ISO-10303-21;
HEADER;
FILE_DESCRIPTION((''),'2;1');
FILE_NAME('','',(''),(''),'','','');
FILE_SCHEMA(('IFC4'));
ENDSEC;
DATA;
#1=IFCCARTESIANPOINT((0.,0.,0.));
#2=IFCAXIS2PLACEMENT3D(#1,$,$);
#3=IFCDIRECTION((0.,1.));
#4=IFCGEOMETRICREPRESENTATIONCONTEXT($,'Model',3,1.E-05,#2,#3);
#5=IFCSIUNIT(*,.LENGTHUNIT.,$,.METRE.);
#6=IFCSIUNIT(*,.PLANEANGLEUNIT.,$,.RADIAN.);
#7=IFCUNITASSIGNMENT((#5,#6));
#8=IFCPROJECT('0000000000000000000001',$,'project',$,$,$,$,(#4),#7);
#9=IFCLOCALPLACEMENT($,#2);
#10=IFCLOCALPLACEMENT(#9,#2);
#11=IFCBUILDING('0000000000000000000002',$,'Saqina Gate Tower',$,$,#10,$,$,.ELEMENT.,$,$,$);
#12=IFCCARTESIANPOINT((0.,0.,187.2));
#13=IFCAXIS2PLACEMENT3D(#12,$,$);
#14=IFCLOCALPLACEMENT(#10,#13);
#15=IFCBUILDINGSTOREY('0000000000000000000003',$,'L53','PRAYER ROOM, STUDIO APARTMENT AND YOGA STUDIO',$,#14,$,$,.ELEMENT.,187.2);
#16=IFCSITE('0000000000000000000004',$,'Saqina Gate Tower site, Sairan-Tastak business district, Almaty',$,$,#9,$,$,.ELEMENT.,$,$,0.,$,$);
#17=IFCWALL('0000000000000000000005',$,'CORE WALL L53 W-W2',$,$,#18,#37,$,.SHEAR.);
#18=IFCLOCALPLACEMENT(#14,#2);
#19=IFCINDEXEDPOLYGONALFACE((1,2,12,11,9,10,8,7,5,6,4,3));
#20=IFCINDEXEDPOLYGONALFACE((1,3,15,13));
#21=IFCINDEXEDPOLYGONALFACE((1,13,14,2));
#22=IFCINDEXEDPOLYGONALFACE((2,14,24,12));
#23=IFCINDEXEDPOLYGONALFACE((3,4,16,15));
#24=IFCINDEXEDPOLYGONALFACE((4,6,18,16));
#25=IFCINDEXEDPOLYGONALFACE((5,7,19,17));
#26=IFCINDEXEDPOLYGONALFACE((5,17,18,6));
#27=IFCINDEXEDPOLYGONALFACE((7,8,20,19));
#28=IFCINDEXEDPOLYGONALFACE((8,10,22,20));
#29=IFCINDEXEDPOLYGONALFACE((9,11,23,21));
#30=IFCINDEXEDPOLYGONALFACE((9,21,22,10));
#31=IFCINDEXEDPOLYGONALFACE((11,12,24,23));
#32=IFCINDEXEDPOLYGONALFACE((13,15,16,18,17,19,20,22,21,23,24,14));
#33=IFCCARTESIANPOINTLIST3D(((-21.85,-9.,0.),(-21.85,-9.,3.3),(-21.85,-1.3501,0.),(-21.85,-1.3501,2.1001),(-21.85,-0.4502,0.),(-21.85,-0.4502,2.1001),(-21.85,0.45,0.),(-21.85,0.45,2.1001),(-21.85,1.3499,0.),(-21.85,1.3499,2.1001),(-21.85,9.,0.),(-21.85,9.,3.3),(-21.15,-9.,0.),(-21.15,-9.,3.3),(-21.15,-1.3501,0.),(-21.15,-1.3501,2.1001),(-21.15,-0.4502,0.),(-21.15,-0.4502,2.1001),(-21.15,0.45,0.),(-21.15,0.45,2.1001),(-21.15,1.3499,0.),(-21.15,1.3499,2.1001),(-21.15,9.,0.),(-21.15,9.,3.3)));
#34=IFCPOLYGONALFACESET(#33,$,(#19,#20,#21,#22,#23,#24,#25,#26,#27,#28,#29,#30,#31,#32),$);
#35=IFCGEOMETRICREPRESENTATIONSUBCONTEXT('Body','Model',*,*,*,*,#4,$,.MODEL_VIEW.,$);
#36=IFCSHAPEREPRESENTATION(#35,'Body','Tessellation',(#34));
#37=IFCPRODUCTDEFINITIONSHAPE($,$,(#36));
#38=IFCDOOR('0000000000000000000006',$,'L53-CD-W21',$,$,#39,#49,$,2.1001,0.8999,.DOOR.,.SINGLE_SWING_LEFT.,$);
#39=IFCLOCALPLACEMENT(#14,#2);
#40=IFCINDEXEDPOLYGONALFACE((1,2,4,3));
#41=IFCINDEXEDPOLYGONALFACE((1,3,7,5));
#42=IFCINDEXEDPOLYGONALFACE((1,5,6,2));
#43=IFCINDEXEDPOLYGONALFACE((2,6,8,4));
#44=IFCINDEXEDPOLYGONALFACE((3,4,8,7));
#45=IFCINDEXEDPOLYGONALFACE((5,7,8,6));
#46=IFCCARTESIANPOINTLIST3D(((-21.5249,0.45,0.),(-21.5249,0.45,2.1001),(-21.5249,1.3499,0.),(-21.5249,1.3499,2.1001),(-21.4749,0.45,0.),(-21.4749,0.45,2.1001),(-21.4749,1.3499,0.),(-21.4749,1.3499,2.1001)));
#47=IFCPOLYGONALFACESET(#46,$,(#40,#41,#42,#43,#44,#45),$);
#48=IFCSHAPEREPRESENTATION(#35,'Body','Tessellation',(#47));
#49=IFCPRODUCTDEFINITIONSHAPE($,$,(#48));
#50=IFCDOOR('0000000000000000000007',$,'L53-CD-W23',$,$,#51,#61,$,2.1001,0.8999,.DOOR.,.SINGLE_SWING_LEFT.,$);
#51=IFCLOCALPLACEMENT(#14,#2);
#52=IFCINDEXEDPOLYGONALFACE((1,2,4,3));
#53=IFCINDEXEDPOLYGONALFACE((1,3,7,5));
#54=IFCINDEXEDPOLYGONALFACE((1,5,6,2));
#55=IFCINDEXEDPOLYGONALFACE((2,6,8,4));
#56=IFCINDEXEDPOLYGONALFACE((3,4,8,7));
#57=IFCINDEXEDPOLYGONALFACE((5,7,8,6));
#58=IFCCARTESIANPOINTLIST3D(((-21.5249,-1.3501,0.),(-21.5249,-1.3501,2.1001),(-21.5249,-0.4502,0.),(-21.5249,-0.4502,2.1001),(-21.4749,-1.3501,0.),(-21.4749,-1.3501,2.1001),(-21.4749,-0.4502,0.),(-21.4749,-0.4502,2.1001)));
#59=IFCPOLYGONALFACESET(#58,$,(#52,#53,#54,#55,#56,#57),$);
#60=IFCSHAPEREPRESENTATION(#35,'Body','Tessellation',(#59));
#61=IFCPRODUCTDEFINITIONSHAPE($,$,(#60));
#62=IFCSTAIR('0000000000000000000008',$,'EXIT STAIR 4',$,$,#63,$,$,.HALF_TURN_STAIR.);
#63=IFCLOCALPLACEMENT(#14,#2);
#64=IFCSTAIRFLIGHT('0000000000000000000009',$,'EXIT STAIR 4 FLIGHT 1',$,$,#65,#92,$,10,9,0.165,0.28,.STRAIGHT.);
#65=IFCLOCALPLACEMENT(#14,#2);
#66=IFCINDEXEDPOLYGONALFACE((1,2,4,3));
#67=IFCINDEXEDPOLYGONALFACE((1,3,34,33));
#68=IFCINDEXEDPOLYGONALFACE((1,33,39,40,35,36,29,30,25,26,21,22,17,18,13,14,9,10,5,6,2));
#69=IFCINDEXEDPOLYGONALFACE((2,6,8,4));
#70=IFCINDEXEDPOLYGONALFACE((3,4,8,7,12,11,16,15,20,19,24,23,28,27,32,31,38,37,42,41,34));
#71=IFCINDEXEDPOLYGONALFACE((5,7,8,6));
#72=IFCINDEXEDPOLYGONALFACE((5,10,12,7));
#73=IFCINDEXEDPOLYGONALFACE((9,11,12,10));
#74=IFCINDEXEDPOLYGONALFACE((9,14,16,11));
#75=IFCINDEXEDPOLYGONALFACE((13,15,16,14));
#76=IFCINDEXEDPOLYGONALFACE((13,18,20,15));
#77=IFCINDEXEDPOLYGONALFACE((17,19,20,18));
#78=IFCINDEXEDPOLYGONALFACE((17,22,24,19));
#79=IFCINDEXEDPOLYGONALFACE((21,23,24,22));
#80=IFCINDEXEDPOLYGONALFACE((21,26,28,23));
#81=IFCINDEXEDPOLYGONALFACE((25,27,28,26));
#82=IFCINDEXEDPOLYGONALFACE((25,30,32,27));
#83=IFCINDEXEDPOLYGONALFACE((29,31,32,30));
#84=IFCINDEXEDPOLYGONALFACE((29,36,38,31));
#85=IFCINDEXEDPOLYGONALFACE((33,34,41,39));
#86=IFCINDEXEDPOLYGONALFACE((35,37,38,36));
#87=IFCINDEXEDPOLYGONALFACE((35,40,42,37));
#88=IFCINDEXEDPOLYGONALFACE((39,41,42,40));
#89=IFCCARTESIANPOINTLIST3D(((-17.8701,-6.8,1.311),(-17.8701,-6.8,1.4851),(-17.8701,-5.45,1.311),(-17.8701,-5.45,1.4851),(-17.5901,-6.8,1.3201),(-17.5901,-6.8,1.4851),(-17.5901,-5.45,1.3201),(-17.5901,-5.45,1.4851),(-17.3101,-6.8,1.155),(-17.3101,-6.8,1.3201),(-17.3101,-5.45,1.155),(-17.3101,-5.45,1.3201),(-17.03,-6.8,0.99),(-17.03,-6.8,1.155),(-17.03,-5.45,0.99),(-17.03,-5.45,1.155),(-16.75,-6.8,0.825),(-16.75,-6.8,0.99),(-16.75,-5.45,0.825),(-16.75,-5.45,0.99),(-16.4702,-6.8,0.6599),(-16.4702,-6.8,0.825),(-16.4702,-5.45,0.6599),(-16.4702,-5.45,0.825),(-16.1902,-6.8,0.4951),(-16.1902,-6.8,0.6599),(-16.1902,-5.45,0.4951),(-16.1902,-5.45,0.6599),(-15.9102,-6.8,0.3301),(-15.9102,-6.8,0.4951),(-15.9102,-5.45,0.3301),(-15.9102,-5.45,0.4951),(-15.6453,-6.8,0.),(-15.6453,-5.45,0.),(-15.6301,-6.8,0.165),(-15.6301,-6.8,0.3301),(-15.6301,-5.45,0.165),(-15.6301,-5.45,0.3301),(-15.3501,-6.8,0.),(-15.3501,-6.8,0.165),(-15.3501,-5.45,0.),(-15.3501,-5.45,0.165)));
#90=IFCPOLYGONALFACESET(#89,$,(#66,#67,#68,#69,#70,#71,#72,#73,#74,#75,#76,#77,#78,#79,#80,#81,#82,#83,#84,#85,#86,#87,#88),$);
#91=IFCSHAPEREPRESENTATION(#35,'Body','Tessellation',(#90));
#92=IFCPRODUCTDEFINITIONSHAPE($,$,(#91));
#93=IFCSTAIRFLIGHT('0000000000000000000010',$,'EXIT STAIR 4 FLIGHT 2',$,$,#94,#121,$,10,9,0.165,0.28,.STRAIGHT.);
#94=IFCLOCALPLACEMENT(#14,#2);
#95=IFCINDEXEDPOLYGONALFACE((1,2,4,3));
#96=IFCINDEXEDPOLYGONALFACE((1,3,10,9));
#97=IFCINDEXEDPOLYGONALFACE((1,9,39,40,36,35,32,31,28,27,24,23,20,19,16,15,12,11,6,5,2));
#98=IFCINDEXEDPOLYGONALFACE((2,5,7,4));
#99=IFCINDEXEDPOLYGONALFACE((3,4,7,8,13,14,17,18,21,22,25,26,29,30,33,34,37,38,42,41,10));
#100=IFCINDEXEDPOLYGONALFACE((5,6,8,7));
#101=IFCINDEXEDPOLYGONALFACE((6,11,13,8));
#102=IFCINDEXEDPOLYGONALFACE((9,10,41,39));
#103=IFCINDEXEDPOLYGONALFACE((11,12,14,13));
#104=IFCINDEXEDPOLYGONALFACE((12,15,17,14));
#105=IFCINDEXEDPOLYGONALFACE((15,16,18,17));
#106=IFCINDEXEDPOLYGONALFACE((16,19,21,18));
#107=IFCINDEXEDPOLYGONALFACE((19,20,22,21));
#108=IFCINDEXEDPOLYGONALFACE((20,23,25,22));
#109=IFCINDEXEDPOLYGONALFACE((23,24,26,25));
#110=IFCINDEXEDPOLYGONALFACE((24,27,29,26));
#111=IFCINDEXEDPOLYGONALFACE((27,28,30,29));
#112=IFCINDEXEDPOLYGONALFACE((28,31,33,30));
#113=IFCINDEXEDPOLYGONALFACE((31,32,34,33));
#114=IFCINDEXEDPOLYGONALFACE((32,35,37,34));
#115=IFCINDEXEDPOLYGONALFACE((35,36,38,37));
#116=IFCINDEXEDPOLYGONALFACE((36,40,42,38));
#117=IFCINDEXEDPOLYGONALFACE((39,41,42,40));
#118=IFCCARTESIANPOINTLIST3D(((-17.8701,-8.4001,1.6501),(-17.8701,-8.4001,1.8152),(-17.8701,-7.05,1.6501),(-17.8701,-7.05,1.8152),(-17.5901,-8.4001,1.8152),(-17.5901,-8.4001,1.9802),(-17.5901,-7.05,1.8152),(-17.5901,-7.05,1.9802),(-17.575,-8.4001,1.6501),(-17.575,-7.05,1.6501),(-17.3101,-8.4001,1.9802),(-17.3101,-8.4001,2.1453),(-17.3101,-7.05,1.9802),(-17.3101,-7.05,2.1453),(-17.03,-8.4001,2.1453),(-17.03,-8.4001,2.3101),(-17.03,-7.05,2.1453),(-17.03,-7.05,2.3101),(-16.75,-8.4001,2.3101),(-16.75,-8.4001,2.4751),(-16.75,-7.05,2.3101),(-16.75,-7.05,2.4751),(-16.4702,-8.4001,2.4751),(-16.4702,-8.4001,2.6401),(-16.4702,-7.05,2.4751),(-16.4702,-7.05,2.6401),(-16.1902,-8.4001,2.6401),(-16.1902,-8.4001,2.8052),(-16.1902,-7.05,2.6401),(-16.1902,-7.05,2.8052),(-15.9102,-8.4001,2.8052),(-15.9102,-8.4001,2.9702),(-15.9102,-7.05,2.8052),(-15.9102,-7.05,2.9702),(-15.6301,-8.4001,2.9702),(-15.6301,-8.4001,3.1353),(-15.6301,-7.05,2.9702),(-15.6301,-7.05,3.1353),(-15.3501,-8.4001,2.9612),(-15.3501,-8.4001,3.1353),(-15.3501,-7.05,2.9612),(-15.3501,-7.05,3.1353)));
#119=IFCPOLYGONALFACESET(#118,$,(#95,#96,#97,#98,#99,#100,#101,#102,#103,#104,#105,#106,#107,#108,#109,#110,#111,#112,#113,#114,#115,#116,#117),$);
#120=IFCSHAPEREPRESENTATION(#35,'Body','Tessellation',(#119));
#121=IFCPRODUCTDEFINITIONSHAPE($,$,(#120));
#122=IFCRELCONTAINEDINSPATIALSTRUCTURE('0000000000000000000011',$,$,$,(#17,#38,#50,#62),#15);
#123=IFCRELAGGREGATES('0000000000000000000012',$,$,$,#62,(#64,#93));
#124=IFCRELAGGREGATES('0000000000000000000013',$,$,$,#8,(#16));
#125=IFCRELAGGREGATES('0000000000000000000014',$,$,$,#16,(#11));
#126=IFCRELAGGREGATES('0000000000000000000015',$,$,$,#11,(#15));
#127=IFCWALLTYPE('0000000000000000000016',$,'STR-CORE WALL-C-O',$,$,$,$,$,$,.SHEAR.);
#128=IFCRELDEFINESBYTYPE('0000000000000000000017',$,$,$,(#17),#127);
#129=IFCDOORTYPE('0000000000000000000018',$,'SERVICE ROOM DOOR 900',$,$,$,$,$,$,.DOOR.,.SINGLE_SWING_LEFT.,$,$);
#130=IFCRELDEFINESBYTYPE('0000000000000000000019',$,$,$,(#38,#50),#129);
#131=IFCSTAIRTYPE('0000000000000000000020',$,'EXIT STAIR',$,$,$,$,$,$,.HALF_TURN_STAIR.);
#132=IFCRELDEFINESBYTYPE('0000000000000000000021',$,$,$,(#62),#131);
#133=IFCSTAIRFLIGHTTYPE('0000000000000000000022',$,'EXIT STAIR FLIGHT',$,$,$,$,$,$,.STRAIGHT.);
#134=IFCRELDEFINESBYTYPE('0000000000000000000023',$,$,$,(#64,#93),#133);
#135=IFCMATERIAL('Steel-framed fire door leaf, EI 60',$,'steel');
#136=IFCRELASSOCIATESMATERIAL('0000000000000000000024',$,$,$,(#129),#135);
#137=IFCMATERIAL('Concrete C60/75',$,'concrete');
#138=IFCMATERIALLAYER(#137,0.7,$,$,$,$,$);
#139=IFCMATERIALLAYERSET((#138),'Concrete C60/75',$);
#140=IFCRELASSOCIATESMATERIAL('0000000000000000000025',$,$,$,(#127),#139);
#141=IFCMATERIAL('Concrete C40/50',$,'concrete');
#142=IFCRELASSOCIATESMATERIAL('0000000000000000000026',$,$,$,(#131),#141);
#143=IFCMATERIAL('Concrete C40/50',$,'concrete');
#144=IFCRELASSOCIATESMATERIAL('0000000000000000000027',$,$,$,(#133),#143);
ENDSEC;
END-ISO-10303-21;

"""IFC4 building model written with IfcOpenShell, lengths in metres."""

from ifc_helpers import new_model, si_unit, direction, frame, frame_2d, origin, place, context, subcontext, project, spatial, polyline, rectangle, outline, extrude, material, layer, layer_set, type_object, element, fill, aggregate, save


model = new_model("IFC4")

# Units and contexts
model_context = context("Model", 3, precision=1e-05, world=origin(), true_north=direction((0.0, 1.0)))
body_context = subcontext(model_context, "Body", "Model", "MODEL_VIEW")
ifc_project = project(units=[si_unit("LENGTHUNIT", "METRE"), si_unit("PLANEANGLEUNIT", "RADIAN")], contexts=[model_context])

# Site, building, storey
site_placement = place(None, origin())
site = spatial("IfcSite", under=ifc_project, at=site_placement, Name="Saqina Gate Tower site, Sairan-Tastak business district, Almaty", CompositionType="ELEMENT", RefElevation=0.0)
building_placement = place(site_placement, origin())
building = spatial("IfcBuilding", under=site, at=building_placement, Name="Saqina Gate Tower", CompositionType="ELEMENT")
storey_placement = place(building_placement, frame((0.0, 0.0, 187.2)))
storey = spatial("IfcBuildingStorey", under=building, at=storey_placement, Name="L53", Description="PRAYER ROOM, STUDIO APARTMENT AND YOGA STUDIO", CompositionType="ELEMENT", Elevation=187.2)

# Shared definitions
ifc_material_1 = material(Name="Steel-framed fire door leaf, EI 60", Category="steel")
door_type_1 = type_object("IfcDoorType", Name="SERVICE ROOM DOOR 900", OperationType="SINGLE_SWING_LEFT", PredefinedType="DOOR", material=ifc_material_1)

# Wall, openings, doors
ifc_material_2 = material(Name="Concrete C60/75", Category="concrete")
ifc_layer_1 = layer(ifc_material_2, 0.7)
ifc_layer_set_1 = layer_set([ifc_layer_1], Name="Concrete C60/75")
wall_type_1 = type_object("IfcWallType", Name="STR-CORE WALL-C-O", PredefinedType="SHEAR", material=ifc_layer_set_1)
wall_1_placement = place(storey_placement, frame((-21.5, -9.0, 0.0), z_axis=(0.0, 0.0, 1.0), x_axis=(0.0, 1.0, 0.0)))
wall_1 = element("IfcWall", 1, at=wall_1_placement, inside=storey, type_object=wall_type_1, Name="CORE WALL L53 W-W2", PredefinedType="SHEAR", context=body_context, shape_type="SweptSolid", body=[
    extrude(rectangle(XDim=18.0, YDim=0.7, at=frame_2d((9.0, 0.0))), origin(), (0.0, 0.0, 1.0), 3.3),
])
opening_1_placement = place(wall_1_placement, frame((9.45, 0.0, 0.0)))
opening_1 = element("IfcOpeningElement", 2, at=opening_1_placement, cuts=wall_1, PredefinedType="OPENING", context=body_context, shape_type="SweptSolid", body=[
    extrude(rectangle(XDim=0.8999, YDim=2.1001, at=frame_2d((0.45, 1.05))), frame((0.0, 0.3621, 0.0), z_axis=(0.0, -1.0, 0.0), x_axis=(1.0, 0.0, 0.0)), (0.0, 0.0, 1.0), 0.7239),
])
opening_2_placement = place(wall_1_placement, frame((7.6499, 0.0, 0.0)))
opening_2 = element("IfcOpeningElement", 3, at=opening_2_placement, cuts=wall_1, PredefinedType="OPENING", context=body_context, shape_type="SweptSolid", body=[
    extrude(rectangle(XDim=0.8999, YDim=2.1001, at=frame_2d((0.45, 1.05))), frame((0.0, 0.3621, 0.0), z_axis=(0.0, -1.0, 0.0), x_axis=(1.0, 0.0, 0.0)), (0.0, 0.0, 1.0), 0.7239),
])
door_1_placement = place(opening_1_placement, origin())
door_1 = element("IfcDoor", 4, at=door_1_placement, inside=storey, type_object=door_type_1, Name="L53-CD-W21", OperationType="SINGLE_SWING_LEFT", OverallHeight=2.1001, OverallWidth=0.8999, PredefinedType="DOOR", context=body_context, shape_type="SweptSolid", body=[
    extrude(rectangle(XDim=0.8999, YDim=2.1001, at=frame_2d((0.45, 1.05))), frame((0.0, 0.0249, 0.0), z_axis=(0.0, -1.0, 0.0), x_axis=(1.0, 0.0, 0.0)), (0.0, 0.0, 1.0), 0.05),
])
fill(opening_1, door_1)
door_2_placement = place(opening_2_placement, origin())
door_2 = element("IfcDoor", 5, at=door_2_placement, inside=storey, type_object=door_type_1, Name="L53-CD-W23", OperationType="SINGLE_SWING_LEFT", OverallHeight=2.1001, OverallWidth=0.8999, PredefinedType="DOOR", context=body_context, shape_type="SweptSolid", body=[
    extrude(rectangle(XDim=0.8999, YDim=2.1001, at=frame_2d((0.45, 1.05))), frame((0.0, 0.0249, 0.0), z_axis=(0.0, -1.0, 0.0), x_axis=(1.0, 0.0, 0.0)), (0.0, 0.0, 1.0), 0.05),
])
fill(opening_2, door_2)

# Stair, stair flights
ifc_material_3 = material(Name="Concrete C40/50", Category="concrete")
stair_type = type_object("IfcStairType", Name="EXIT STAIR", PredefinedType="HALF_TURN_STAIR", material=ifc_material_3)
stair_placement = place(storey_placement, origin())
stair = element("IfcStair", 6, at=stair_placement, inside=storey, type_object=stair_type, Name="EXIT STAIR 4", PredefinedType="HALF_TURN_STAIR")
ifc_material_4 = material(Name="Concrete C40/50", Category="concrete")
stair_flight_type = type_object("IfcStairFlightType", Name="EXIT STAIR FLIGHT", PredefinedType="STRAIGHT", material=ifc_material_4)
stair_flight_1_placement = place(storey_placement, frame((-15.3501, -6.125, 0.0), z_axis=(0.0, 0.0, 1.0), x_axis=(-1.0, 0.0, 0.0)))
stair_flight_1 = element("IfcStairFlight", 7, at=stair_flight_1_placement, type_object=stair_flight_type, Name="EXIT STAIR 4 FLIGHT 1", NumberOfRisers=10, NumberOfTreads=9, PredefinedType="STRAIGHT", RiserHeight=0.165, TreadLength=0.28, context=body_context, shape_type="SweptSolid", body=[
    extrude(outline(polyline([(0.0, 0.0), (0.0, 0.165), (0.28, 0.165), (0.28, 0.3301), (0.5601, 0.3301), (0.5601, 0.4951), (0.8401, 0.4951), (0.8401, 0.6599), (1.1201, 0.6599), (1.1201, 0.825), (1.3999, 0.825), (1.3999, 0.99), (1.6799, 0.99), (1.6799, 1.155), (1.96, 1.155), (1.96, 1.3201), (2.24, 1.3201), (2.24, 1.4851), (2.52, 1.4851), (2.52, 1.6499), (2.52, 1.311), (0.2952, 0.0), (0.0, 0.0)])), frame((0.0, 0.675, 0.0), z_axis=(0.0, -1.0, 0.0), x_axis=(1.0, 0.0, 0.0)), (0.0, 0.0, 1.0), 1.3501),
])
stair_flight_2_placement = place(storey_placement, frame((-17.8701, -7.7251, 1.6501), z_axis=(0.0, 0.0, 1.0), x_axis=(1.0, 0.0, 0.0)))
stair_flight_2 = element("IfcStairFlight", 8, at=stair_flight_2_placement, type_object=stair_flight_type, Name="EXIT STAIR 4 FLIGHT 2", NumberOfRisers=10, NumberOfTreads=9, PredefinedType="STRAIGHT", RiserHeight=0.165, TreadLength=0.28, context=body_context, shape_type="SweptSolid", body=[
    extrude(outline(polyline([(0.0, 0.0), (0.0, 0.165), (0.28, 0.165), (0.28, 0.3301), (0.5601, 0.3301), (0.5601, 0.4951), (0.8401, 0.4951), (0.8401, 0.6599), (1.1201, 0.6599), (1.1201, 0.825), (1.3999, 0.825), (1.3999, 0.99), (1.6799, 0.99), (1.6799, 1.155), (1.96, 1.155), (1.96, 1.3201), (2.24, 1.3201), (2.24, 1.4851), (2.52, 1.4851), (2.52, 1.6499), (2.52, 1.311), (0.2952, 0.0), (0.0, 0.0)])), frame((0.0, 0.675, 0.0), z_axis=(0.0, -1.0, 0.0), x_axis=(1.0, 0.0, 0.0)), (0.0, 0.0, 1.0), 1.3501),
])
aggregate(stair, [stair_flight_1, stair_flight_2])

save(model, "model.ifc")
